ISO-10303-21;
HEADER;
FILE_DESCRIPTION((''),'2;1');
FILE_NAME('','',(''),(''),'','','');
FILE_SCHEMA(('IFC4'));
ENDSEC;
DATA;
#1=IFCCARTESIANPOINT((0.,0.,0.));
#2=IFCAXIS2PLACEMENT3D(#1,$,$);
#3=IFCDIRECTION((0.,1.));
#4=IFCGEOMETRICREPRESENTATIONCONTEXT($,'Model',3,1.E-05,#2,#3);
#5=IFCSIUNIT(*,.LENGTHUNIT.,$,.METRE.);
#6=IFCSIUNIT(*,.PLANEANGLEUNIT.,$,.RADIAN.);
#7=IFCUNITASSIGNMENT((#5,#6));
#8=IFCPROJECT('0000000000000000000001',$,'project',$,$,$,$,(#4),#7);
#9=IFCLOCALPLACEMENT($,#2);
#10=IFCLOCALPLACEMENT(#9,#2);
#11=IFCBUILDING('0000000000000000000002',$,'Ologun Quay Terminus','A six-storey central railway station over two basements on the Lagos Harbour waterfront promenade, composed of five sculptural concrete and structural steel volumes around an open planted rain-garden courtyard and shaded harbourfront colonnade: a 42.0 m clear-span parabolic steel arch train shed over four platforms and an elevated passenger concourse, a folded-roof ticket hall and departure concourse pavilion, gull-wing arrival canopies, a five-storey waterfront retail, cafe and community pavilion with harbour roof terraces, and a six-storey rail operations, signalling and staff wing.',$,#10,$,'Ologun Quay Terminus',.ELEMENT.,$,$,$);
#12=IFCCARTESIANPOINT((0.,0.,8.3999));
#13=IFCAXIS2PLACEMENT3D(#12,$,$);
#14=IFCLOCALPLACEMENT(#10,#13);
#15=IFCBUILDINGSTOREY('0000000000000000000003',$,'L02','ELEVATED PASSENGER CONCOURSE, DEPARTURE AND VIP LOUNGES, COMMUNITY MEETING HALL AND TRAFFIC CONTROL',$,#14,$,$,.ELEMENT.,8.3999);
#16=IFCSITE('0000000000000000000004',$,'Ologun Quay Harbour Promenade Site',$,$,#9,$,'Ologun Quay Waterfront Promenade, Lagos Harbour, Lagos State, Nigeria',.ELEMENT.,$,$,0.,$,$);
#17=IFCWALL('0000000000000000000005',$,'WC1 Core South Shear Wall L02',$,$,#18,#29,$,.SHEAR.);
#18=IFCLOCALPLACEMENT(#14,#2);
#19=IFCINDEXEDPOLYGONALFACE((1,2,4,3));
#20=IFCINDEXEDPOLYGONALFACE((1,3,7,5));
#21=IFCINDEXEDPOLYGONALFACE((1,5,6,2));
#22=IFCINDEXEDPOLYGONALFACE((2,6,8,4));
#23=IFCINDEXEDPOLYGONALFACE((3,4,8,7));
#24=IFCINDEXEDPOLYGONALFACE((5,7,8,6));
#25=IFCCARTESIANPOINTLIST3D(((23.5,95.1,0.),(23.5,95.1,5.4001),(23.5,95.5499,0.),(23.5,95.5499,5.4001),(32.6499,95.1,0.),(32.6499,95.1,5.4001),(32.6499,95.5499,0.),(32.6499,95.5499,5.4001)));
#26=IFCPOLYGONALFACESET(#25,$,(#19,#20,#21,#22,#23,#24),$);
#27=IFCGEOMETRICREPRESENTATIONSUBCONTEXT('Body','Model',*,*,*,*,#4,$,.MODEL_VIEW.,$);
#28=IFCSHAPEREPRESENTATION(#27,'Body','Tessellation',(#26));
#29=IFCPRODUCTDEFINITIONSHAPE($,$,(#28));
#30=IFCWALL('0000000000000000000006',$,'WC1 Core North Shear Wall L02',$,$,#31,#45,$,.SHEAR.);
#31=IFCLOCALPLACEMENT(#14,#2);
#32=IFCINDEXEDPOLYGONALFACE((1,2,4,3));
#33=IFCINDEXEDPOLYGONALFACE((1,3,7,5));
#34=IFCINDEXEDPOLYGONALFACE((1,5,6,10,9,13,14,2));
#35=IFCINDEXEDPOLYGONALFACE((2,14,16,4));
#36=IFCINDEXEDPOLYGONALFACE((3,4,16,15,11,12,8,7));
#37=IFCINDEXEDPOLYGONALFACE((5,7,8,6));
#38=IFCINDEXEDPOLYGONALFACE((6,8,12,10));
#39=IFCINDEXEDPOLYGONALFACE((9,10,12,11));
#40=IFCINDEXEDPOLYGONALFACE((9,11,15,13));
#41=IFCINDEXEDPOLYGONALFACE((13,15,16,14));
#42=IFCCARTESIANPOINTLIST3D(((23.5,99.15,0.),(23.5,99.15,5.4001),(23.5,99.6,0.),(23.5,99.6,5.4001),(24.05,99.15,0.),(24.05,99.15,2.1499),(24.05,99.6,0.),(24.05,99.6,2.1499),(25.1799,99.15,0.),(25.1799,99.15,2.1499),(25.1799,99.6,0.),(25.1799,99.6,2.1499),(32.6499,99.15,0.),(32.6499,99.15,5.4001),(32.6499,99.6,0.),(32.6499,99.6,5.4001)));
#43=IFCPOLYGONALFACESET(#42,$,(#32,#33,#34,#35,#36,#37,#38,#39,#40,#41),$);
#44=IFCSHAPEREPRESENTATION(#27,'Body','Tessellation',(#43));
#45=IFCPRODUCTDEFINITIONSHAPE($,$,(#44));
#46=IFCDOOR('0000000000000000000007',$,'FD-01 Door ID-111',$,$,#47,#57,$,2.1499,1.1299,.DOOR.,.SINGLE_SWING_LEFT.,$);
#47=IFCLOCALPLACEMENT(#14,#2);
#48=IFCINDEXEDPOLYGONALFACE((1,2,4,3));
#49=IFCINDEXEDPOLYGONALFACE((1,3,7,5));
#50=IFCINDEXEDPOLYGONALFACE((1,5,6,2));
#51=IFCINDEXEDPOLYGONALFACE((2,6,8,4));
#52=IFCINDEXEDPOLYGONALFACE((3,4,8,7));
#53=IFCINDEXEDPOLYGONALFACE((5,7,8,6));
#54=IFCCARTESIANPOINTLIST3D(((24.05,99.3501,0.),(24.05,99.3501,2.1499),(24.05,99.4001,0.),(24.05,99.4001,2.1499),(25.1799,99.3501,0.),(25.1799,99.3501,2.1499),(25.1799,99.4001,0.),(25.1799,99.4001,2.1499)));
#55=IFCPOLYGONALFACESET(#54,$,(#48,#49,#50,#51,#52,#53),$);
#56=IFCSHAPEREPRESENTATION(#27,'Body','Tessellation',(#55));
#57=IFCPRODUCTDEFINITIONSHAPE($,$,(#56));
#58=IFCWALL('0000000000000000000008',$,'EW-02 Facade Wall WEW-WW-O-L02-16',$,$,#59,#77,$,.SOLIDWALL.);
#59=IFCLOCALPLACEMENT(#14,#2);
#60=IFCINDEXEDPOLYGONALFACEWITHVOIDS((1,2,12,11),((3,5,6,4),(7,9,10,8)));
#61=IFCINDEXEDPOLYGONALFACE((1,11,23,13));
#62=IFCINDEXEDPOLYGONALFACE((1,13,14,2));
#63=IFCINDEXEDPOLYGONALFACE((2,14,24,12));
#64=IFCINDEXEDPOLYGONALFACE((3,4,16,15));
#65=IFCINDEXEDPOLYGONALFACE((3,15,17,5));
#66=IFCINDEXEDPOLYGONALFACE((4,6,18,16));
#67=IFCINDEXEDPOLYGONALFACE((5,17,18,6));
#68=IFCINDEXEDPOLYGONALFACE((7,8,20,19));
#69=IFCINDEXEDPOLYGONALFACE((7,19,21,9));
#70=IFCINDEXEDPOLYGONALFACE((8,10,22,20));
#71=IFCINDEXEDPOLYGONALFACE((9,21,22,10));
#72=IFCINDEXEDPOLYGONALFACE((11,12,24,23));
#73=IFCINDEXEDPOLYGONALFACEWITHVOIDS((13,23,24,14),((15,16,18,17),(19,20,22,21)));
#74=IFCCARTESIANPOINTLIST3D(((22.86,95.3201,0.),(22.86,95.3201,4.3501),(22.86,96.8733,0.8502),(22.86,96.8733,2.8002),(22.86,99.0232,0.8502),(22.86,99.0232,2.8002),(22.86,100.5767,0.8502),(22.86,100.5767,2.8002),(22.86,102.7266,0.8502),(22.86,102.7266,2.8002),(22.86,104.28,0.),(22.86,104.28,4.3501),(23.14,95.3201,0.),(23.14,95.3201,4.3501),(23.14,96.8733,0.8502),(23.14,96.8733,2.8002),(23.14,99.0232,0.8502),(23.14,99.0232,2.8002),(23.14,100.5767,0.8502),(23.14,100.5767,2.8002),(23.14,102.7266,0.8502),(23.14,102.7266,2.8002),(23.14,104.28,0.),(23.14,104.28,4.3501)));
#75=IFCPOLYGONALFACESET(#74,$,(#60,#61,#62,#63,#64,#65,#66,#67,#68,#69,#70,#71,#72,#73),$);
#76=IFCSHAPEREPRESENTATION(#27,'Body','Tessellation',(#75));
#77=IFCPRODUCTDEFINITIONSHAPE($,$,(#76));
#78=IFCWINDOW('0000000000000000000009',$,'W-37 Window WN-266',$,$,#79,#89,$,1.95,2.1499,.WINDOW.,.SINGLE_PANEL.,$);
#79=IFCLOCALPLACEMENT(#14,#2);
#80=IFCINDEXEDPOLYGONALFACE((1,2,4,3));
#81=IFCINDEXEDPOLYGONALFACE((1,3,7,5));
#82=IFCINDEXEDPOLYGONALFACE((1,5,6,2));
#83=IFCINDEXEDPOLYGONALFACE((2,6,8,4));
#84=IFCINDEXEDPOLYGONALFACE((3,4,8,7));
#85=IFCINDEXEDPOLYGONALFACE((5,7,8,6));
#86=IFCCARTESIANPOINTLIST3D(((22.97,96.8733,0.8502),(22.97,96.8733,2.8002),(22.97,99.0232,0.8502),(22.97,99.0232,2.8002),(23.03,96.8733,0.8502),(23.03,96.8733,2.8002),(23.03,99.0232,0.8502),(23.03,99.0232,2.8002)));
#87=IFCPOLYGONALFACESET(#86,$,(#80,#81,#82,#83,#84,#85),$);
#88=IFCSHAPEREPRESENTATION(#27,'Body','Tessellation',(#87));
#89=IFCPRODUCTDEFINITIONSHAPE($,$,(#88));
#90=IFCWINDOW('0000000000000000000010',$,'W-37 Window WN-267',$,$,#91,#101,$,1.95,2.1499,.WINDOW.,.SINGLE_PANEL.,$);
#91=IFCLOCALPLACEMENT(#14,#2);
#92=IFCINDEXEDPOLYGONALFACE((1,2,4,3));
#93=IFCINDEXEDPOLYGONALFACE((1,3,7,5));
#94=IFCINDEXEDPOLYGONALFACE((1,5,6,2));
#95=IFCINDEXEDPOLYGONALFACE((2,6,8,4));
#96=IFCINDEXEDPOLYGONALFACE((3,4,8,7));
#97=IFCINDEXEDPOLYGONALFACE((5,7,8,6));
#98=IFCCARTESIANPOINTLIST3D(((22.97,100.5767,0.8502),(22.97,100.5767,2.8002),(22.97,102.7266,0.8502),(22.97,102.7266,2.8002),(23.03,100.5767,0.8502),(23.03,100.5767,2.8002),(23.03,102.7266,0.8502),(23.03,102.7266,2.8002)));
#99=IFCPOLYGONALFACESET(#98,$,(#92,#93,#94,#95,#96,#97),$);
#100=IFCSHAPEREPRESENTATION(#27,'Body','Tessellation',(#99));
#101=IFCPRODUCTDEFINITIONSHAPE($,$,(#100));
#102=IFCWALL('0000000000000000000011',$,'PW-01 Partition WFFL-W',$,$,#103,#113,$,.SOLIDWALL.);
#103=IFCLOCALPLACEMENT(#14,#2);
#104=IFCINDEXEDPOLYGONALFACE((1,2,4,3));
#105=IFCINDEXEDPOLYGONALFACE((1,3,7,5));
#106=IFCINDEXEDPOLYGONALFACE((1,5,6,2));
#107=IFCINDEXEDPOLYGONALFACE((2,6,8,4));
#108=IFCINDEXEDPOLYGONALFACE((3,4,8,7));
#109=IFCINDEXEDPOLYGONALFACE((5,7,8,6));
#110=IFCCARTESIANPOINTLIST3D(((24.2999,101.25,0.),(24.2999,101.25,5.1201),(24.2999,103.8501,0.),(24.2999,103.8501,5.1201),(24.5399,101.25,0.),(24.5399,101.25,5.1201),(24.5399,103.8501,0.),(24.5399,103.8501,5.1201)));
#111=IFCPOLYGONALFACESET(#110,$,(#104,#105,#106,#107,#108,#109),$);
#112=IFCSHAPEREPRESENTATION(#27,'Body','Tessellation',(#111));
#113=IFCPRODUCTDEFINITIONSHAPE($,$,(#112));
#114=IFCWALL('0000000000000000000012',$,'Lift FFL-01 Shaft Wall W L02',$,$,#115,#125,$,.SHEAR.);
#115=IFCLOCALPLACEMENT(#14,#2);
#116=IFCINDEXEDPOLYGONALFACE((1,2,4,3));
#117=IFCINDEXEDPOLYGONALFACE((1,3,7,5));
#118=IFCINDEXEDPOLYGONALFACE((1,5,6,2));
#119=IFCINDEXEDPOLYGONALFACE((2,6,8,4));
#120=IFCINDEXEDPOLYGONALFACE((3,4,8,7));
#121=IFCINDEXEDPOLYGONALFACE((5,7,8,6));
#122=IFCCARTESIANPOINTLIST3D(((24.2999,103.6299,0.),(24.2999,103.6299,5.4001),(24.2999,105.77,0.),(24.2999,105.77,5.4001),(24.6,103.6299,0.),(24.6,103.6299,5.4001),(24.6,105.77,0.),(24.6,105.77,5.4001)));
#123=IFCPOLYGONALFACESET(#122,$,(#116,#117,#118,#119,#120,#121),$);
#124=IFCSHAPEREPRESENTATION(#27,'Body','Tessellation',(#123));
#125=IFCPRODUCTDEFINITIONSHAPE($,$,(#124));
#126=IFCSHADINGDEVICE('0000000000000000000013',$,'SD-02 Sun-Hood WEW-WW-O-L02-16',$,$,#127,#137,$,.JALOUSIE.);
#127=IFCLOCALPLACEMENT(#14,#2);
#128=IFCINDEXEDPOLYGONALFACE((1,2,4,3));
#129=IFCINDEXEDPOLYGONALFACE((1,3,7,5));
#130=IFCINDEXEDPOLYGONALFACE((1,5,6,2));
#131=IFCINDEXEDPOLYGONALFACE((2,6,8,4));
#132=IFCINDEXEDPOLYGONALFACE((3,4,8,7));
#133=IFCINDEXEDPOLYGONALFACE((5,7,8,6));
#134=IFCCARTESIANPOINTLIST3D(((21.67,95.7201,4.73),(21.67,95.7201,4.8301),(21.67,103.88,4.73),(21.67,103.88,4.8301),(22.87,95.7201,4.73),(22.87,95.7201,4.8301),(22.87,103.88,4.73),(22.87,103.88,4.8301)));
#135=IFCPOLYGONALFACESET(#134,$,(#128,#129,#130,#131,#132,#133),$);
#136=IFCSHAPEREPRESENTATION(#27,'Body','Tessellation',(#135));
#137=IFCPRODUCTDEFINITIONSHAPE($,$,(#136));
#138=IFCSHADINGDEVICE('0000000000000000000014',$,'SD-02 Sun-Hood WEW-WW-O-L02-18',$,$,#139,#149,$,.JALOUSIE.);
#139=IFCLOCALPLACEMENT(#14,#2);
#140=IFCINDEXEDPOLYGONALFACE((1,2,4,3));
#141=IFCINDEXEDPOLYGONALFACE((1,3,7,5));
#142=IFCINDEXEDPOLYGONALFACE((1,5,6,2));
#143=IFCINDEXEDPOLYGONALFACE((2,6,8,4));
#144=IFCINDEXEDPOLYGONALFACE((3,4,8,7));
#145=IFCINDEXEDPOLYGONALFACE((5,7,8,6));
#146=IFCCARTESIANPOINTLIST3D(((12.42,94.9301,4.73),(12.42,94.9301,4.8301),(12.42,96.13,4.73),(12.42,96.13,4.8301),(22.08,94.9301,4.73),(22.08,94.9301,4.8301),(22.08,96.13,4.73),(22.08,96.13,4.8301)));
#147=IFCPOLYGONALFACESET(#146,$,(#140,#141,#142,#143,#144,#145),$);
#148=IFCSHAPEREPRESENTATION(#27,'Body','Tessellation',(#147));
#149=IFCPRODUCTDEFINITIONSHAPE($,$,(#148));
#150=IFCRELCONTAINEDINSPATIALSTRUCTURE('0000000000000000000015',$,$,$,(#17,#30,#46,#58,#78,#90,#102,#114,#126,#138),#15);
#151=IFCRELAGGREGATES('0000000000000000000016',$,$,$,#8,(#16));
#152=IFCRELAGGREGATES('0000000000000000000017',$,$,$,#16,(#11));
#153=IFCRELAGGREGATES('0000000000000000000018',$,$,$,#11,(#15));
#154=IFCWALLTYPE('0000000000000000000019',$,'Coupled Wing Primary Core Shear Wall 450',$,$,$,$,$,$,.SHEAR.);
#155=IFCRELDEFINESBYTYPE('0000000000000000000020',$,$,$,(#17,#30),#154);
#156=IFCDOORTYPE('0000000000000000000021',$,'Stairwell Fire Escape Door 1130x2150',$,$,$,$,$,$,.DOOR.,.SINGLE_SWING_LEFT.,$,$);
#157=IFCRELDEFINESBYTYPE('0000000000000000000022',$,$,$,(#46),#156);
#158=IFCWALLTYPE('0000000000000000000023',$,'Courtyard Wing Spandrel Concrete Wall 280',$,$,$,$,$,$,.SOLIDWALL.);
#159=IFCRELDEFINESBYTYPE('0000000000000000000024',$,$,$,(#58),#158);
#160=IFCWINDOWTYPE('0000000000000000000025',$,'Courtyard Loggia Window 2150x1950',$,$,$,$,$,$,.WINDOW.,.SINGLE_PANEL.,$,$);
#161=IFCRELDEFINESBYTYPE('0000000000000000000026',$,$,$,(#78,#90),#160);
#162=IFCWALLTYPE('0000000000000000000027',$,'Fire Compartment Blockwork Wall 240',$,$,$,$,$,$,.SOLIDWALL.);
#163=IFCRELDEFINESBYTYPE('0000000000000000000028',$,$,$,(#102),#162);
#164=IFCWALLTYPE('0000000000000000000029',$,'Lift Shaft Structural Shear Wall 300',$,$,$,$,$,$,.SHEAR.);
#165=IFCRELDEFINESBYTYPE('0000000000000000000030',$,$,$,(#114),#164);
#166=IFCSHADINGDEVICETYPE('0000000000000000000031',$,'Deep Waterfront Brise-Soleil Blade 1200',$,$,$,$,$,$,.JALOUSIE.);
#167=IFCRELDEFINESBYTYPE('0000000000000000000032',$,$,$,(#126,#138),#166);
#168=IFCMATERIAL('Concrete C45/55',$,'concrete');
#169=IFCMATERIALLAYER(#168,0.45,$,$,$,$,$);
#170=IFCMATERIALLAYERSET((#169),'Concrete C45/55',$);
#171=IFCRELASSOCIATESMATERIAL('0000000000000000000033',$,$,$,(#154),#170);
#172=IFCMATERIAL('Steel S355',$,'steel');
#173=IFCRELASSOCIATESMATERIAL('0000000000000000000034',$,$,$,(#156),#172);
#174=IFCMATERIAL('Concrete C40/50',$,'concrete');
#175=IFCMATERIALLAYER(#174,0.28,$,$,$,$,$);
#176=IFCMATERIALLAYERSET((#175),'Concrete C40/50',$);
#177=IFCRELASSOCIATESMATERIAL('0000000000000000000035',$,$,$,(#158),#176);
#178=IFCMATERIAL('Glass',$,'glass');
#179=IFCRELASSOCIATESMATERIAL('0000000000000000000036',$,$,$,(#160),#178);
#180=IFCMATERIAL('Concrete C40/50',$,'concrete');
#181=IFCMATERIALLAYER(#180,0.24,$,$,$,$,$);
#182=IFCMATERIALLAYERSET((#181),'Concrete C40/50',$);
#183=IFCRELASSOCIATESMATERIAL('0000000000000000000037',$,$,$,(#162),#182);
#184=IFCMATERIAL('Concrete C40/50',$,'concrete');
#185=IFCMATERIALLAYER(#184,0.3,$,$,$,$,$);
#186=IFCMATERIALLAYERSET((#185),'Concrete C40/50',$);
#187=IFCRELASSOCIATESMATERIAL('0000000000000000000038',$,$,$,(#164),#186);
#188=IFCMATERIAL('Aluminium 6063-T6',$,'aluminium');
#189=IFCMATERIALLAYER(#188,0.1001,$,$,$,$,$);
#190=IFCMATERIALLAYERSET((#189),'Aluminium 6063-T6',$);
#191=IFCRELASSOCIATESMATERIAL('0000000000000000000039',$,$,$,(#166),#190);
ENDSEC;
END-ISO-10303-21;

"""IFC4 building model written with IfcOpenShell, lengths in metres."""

from ifc_helpers import new_model, si_unit, direction, frame, frame_2d, origin, origin_2d, place, context, subcontext, project, spatial, rectangle, extrude, material, layer, layer_set, type_object, element, fill, save


model = new_model("IFC4")

# Units and contexts
model_context = context("Model", 3, precision=1e-05, world=origin(), true_north=direction((0.0, 1.0)))
body_context = subcontext(model_context, "Body", "Model", "MODEL_VIEW")
ifc_project = project(units=[si_unit("LENGTHUNIT", "METRE"), si_unit("PLANEANGLEUNIT", "RADIAN")], contexts=[model_context])

# Site, building, storey
site_placement = place(None, origin())
site = spatial("IfcSite", under=ifc_project, at=site_placement, Name="Ologun Quay Harbour Promenade Site", LongName="Ologun Quay Waterfront Promenade, Lagos Harbour, Lagos State, Nigeria", CompositionType="ELEMENT", RefElevation=0.0)
building_placement = place(site_placement, origin())
building = spatial("IfcBuilding", under=site, at=building_placement, Name="Ologun Quay Terminus", Description="A six-storey central railway station over two basements on the Lagos Harbour waterfront promenade, composed of five sculptural concrete and structural steel volumes around an open planted rain-garden courtyard and shaded harbourfront colonnade: a 42.0 m clear-span parabolic steel arch train shed over four platforms and an elevated passenger concourse, a folded-roof ticket hall and departure concourse pavilion, gull-wing arrival canopies, a five-storey waterfront retail, cafe and community pavilion with harbour roof terraces, and a six-storey rail operations, signalling and staff wing.", LongName="Ologun Quay Terminus", CompositionType="ELEMENT")
storey_placement = place(building_placement, frame((0.0, 0.0, 8.3999)))
storey = spatial("IfcBuildingStorey", under=building, at=storey_placement, Name="L02", Description="ELEVATED PASSENGER CONCOURSE, DEPARTURE AND VIP LOUNGES, COMMUNITY MEETING HALL AND TRAFFIC CONTROL", CompositionType="ELEMENT", Elevation=8.3999)

# Wall
ifc_material_1 = material(Name="Concrete C45/55", Category="concrete")
ifc_layer_1 = layer(ifc_material_1, 0.45)
ifc_layer_set_1 = layer_set([ifc_layer_1], Name="Concrete C45/55")
wall_type_1 = type_object("IfcWallType", Name="Coupled Wing Primary Core Shear Wall 450", PredefinedType="SHEAR", material=ifc_layer_set_1)
wall_1_placement = place(storey_placement, frame((23.5, 95.325, 0.0), z_axis=(0.0, 0.0, 1.0), x_axis=(1.0, 0.0, 0.0)))
element("IfcWall", 1, at=wall_1_placement, inside=storey, type_object=wall_type_1, Name="WC1 Core South Shear Wall L02", PredefinedType="SHEAR", context=body_context, shape_type="SweptSolid", body=[
    extrude(rectangle(XDim=9.1499, YDim=0.45, at=frame_2d((4.575, 0.0))), origin(), (0.0, 0.0, 1.0), 5.4001),
])

# Wall, opening, door
wall_2_placement = place(storey_placement, frame((23.5, 99.375, 0.0), z_axis=(0.0, 0.0, 1.0), x_axis=(1.0, 0.0, 0.0)))
wall_2 = element("IfcWall", 2, at=wall_2_placement, inside=storey, type_object=wall_type_1, Name="WC1 Core North Shear Wall L02", PredefinedType="SHEAR", context=body_context, shape_type="SweptSolid", body=[
    extrude(rectangle(XDim=9.1499, YDim=0.45, at=frame_2d((4.575, 0.0))), origin(), (0.0, 0.0, 1.0), 5.4001),
])
opening_1_placement = place(wall_2_placement, frame((0.55, 0.0, 0.0)))
opening_1 = element("IfcOpeningElement", 3, at=opening_1_placement, cuts=wall_2, PredefinedType="OPENING", context=body_context, shape_type="SweptSolid", body=[
    extrude(rectangle(XDim=1.1299, YDim=2.1499, at=frame_2d((0.5649, 1.075))), frame((0.0, 0.2349, 0.0), z_axis=(0.0, -1.0, 0.0), x_axis=(1.0, 0.0, 0.0)), (0.0, 0.0, 1.0), 0.47),
])
ifc_material_2 = material(Name="Steel S355", Category="steel")
door_type_1 = type_object("IfcDoorType", Name="Stairwell Fire Escape Door 1130x2150", OperationType="SINGLE_SWING_LEFT", PredefinedType="DOOR", material=ifc_material_2)
door_1_placement = place(opening_1_placement, frame((0.5649, 0.0, 0.0), z_axis=(0.0, 0.0, 1.0), x_axis=(-1.0, 0.0, 0.0)))
door_1 = element("IfcDoor", 4, at=door_1_placement, inside=storey, type_object=door_type_1, Name="FD-01 Door ID-111", OperationType="SINGLE_SWING_LEFT", OverallHeight=2.1499, OverallWidth=1.1299, PredefinedType="DOOR", context=body_context, shape_type="SweptSolid", body=[
    extrude(rectangle(XDim=1.1299, YDim=2.1499, at=frame_2d((0.0, 1.075))), frame((0.0, 0.0249, 0.0), z_axis=(0.0, -1.0, 0.0), x_axis=(1.0, 0.0, 0.0)), (0.0, 0.0, 1.0), 0.05),
])
fill(opening_1, door_1)

# Wall, openings, windows
ifc_material_3 = material(Name="Concrete C40/50", Category="concrete")
ifc_layer_2 = layer(ifc_material_3, 0.28)
ifc_layer_set_2 = layer_set([ifc_layer_2], Name="Concrete C40/50")
wall_type_2 = type_object("IfcWallType", Name="Courtyard Wing Spandrel Concrete Wall 280", PredefinedType="SOLIDWALL", material=ifc_layer_set_2)
wall_3_placement = place(storey_placement, frame((23.0, 95.3201, 0.0), z_axis=(0.0, 0.0, 1.0), x_axis=(0.0, 1.0, 0.0)))
wall_3 = element("IfcWall", 5, at=wall_3_placement, inside=storey, type_object=wall_type_2, Name="EW-02 Facade Wall WEW-WW-O-L02-16", PredefinedType="SOLIDWALL", context=body_context, shape_type="SweptSolid", body=[
    extrude(rectangle(XDim=8.96, YDim=0.28, at=frame_2d((4.48, 0.0))), origin(), (0.0, 0.0, 1.0), 4.3501),
])
opening_2_placement = place(wall_3_placement, frame((1.5532, 0.0, 0.8501)))
opening_2 = element("IfcOpeningElement", 6, at=opening_2_placement, cuts=wall_3, PredefinedType="OPENING", context=body_context, shape_type="SweptSolid", body=[
    extrude(rectangle(XDim=2.1499, YDim=1.95, at=frame_2d((1.075, 0.9751))), frame((0.0, 0.1499, 0.0), z_axis=(0.0, -1.0, 0.0), x_axis=(1.0, 0.0, 0.0)), (0.0, 0.0, 1.0), 0.3),
])
opening_3_placement = place(wall_3_placement, frame((5.2566, 0.0, 0.8501)))
opening_3 = element("IfcOpeningElement", 7, at=opening_3_placement, cuts=wall_3, PredefinedType="OPENING", context=body_context, shape_type="SweptSolid", body=[
    extrude(rectangle(XDim=2.1499, YDim=1.95, at=frame_2d((1.075, 0.9751))), frame((0.0, 0.1499, 0.0), z_axis=(0.0, -1.0, 0.0), x_axis=(1.0, 0.0, 0.0)), (0.0, 0.0, 1.0), 0.3),
])
ifc_material_4 = material(Name="Glass", Category="glass")
window_type = type_object("IfcWindowType", Name="Courtyard Loggia Window 2150x1950", PartitioningType="SINGLE_PANEL", PredefinedType="WINDOW", material=ifc_material_4)
window_1_placement = place(opening_2_placement, origin())
window_1 = element("IfcWindow", 8, at=window_1_placement, inside=storey, type_object=window_type, Name="W-37 Window WN-266", OverallHeight=1.95, OverallWidth=2.1499, PartitioningType="SINGLE_PANEL", PredefinedType="WINDOW", context=body_context, shape_type="SweptSolid", body=[
    extrude(rectangle(XDim=2.1499, YDim=1.95, at=frame_2d((1.075, 0.9751))), frame((0.0, 0.03, 0.0), z_axis=(0.0, -1.0, 0.0), x_axis=(1.0, 0.0, 0.0)), (0.0, 0.0, 1.0), 0.0601),
])
fill(opening_2, window_1)
window_2_placement = place(opening_3_placement, origin())
window_2 = element("IfcWindow", 9, at=window_2_placement, inside=storey, type_object=window_type, Name="W-37 Window WN-267", OverallHeight=1.95, OverallWidth=2.1499, PartitioningType="SINGLE_PANEL", PredefinedType="WINDOW", context=body_context, shape_type="SweptSolid", body=[
    extrude(rectangle(XDim=2.1499, YDim=1.95, at=frame_2d((1.075, 0.9751))), frame((0.0, 0.03, 0.0), z_axis=(0.0, -1.0, 0.0), x_axis=(1.0, 0.0, 0.0)), (0.0, 0.0, 1.0), 0.0601),
])
fill(opening_3, window_2)

# Shared definitions
ifc_material_5 = material(Name="Concrete C40/50", Category="concrete")
ifc_layer_3 = layer(ifc_material_5, 0.24)
ifc_layer_set_3 = layer_set([ifc_layer_3], Name="Concrete C40/50")
wall_type_3 = type_object("IfcWallType", Name="Fire Compartment Blockwork Wall 240", PredefinedType="SOLIDWALL", material=ifc_layer_set_3)

# Wall
wall_4_placement = place(storey_placement, frame((24.4199, 101.25, 0.0), z_axis=(0.0, 0.0, 1.0), x_axis=(0.0, 1.0, 0.0)))
element("IfcWall", 10, at=wall_4_placement, inside=storey, type_object=wall_type_3, Name="PW-01 Partition WFFL-W", PredefinedType="SOLIDWALL", context=body_context, shape_type="SweptSolid", body=[
    extrude(rectangle(XDim=2.6001, YDim=0.24, at=frame_2d((1.3, 0.0))), origin(), (0.0, 0.0, 1.0), 5.1201),
])

# Shared definitions
ifc_material_6 = material(Name="Concrete C40/50", Category="concrete")
ifc_layer_4 = layer(ifc_material_6, 0.3)
ifc_layer_set_4 = layer_set([ifc_layer_4], Name="Concrete C40/50")
wall_type_4 = type_object("IfcWallType", Name="Lift Shaft Structural Shear Wall 300", PredefinedType="SHEAR", material=ifc_layer_set_4)

# Wall
wall_5_placement = place(storey_placement, frame((24.45, 103.6299, 0.0), z_axis=(0.0, 0.0, 1.0), x_axis=(0.0, 1.0, 0.0)))
element("IfcWall", 11, at=wall_5_placement, inside=storey, type_object=wall_type_4, Name="Lift FFL-01 Shaft Wall W L02", PredefinedType="SHEAR", context=body_context, shape_type="SweptSolid", body=[
    extrude(rectangle(XDim=2.1401, YDim=0.3, at=frame_2d((1.0701, 0.0))), origin(), (0.0, 0.0, 1.0), 5.4001),
])

# Shading devices
ifc_material_7 = material(Name="Aluminium 6063-T6", Category="aluminium")
ifc_layer_5 = layer(ifc_material_7, 0.1001)
ifc_layer_set_5 = layer_set([ifc_layer_5], Name="Aluminium 6063-T6")
shading_device_type = type_object("IfcShadingDeviceType", Name="Deep Waterfront Brise-Soleil Blade 1200", PredefinedType="JALOUSIE", material=ifc_layer_set_5)
shading_device_1_placement = place(storey_placement, frame((22.27, 99.8, 4.73), z_axis=(0.0, 0.0, 1.0), x_axis=(1.0, 0.0, 0.0)))
element("IfcShadingDevice", 12, at=shading_device_1_placement, inside=storey, type_object=shading_device_type, Name="SD-02 Sun-Hood WEW-WW-O-L02-16", PredefinedType="JALOUSIE", context=body_context, shape_type="SweptSolid", body=[
    extrude(rectangle(XDim=1.2, YDim=8.1599, at=origin_2d()), origin(), (0.0, 0.0, 1.0), 0.1001),
])
shading_device_2_placement = place(storey_placement, frame((17.25, 95.53, 4.73), z_axis=(0.0, 0.0, 1.0), x_axis=(1.0, 0.0, 0.0)))
element("IfcShadingDevice", 13, at=shading_device_2_placement, inside=storey, type_object=shading_device_type, Name="SD-02 Sun-Hood WEW-WW-O-L02-18", PredefinedType="JALOUSIE", context=body_context, shape_type="SweptSolid", body=[
    extrude(rectangle(XDim=9.6599, YDim=1.2, at=origin_2d()), origin(), (0.0, 0.0, 1.0), 0.1001),
])

save(model, "model.ifc")
